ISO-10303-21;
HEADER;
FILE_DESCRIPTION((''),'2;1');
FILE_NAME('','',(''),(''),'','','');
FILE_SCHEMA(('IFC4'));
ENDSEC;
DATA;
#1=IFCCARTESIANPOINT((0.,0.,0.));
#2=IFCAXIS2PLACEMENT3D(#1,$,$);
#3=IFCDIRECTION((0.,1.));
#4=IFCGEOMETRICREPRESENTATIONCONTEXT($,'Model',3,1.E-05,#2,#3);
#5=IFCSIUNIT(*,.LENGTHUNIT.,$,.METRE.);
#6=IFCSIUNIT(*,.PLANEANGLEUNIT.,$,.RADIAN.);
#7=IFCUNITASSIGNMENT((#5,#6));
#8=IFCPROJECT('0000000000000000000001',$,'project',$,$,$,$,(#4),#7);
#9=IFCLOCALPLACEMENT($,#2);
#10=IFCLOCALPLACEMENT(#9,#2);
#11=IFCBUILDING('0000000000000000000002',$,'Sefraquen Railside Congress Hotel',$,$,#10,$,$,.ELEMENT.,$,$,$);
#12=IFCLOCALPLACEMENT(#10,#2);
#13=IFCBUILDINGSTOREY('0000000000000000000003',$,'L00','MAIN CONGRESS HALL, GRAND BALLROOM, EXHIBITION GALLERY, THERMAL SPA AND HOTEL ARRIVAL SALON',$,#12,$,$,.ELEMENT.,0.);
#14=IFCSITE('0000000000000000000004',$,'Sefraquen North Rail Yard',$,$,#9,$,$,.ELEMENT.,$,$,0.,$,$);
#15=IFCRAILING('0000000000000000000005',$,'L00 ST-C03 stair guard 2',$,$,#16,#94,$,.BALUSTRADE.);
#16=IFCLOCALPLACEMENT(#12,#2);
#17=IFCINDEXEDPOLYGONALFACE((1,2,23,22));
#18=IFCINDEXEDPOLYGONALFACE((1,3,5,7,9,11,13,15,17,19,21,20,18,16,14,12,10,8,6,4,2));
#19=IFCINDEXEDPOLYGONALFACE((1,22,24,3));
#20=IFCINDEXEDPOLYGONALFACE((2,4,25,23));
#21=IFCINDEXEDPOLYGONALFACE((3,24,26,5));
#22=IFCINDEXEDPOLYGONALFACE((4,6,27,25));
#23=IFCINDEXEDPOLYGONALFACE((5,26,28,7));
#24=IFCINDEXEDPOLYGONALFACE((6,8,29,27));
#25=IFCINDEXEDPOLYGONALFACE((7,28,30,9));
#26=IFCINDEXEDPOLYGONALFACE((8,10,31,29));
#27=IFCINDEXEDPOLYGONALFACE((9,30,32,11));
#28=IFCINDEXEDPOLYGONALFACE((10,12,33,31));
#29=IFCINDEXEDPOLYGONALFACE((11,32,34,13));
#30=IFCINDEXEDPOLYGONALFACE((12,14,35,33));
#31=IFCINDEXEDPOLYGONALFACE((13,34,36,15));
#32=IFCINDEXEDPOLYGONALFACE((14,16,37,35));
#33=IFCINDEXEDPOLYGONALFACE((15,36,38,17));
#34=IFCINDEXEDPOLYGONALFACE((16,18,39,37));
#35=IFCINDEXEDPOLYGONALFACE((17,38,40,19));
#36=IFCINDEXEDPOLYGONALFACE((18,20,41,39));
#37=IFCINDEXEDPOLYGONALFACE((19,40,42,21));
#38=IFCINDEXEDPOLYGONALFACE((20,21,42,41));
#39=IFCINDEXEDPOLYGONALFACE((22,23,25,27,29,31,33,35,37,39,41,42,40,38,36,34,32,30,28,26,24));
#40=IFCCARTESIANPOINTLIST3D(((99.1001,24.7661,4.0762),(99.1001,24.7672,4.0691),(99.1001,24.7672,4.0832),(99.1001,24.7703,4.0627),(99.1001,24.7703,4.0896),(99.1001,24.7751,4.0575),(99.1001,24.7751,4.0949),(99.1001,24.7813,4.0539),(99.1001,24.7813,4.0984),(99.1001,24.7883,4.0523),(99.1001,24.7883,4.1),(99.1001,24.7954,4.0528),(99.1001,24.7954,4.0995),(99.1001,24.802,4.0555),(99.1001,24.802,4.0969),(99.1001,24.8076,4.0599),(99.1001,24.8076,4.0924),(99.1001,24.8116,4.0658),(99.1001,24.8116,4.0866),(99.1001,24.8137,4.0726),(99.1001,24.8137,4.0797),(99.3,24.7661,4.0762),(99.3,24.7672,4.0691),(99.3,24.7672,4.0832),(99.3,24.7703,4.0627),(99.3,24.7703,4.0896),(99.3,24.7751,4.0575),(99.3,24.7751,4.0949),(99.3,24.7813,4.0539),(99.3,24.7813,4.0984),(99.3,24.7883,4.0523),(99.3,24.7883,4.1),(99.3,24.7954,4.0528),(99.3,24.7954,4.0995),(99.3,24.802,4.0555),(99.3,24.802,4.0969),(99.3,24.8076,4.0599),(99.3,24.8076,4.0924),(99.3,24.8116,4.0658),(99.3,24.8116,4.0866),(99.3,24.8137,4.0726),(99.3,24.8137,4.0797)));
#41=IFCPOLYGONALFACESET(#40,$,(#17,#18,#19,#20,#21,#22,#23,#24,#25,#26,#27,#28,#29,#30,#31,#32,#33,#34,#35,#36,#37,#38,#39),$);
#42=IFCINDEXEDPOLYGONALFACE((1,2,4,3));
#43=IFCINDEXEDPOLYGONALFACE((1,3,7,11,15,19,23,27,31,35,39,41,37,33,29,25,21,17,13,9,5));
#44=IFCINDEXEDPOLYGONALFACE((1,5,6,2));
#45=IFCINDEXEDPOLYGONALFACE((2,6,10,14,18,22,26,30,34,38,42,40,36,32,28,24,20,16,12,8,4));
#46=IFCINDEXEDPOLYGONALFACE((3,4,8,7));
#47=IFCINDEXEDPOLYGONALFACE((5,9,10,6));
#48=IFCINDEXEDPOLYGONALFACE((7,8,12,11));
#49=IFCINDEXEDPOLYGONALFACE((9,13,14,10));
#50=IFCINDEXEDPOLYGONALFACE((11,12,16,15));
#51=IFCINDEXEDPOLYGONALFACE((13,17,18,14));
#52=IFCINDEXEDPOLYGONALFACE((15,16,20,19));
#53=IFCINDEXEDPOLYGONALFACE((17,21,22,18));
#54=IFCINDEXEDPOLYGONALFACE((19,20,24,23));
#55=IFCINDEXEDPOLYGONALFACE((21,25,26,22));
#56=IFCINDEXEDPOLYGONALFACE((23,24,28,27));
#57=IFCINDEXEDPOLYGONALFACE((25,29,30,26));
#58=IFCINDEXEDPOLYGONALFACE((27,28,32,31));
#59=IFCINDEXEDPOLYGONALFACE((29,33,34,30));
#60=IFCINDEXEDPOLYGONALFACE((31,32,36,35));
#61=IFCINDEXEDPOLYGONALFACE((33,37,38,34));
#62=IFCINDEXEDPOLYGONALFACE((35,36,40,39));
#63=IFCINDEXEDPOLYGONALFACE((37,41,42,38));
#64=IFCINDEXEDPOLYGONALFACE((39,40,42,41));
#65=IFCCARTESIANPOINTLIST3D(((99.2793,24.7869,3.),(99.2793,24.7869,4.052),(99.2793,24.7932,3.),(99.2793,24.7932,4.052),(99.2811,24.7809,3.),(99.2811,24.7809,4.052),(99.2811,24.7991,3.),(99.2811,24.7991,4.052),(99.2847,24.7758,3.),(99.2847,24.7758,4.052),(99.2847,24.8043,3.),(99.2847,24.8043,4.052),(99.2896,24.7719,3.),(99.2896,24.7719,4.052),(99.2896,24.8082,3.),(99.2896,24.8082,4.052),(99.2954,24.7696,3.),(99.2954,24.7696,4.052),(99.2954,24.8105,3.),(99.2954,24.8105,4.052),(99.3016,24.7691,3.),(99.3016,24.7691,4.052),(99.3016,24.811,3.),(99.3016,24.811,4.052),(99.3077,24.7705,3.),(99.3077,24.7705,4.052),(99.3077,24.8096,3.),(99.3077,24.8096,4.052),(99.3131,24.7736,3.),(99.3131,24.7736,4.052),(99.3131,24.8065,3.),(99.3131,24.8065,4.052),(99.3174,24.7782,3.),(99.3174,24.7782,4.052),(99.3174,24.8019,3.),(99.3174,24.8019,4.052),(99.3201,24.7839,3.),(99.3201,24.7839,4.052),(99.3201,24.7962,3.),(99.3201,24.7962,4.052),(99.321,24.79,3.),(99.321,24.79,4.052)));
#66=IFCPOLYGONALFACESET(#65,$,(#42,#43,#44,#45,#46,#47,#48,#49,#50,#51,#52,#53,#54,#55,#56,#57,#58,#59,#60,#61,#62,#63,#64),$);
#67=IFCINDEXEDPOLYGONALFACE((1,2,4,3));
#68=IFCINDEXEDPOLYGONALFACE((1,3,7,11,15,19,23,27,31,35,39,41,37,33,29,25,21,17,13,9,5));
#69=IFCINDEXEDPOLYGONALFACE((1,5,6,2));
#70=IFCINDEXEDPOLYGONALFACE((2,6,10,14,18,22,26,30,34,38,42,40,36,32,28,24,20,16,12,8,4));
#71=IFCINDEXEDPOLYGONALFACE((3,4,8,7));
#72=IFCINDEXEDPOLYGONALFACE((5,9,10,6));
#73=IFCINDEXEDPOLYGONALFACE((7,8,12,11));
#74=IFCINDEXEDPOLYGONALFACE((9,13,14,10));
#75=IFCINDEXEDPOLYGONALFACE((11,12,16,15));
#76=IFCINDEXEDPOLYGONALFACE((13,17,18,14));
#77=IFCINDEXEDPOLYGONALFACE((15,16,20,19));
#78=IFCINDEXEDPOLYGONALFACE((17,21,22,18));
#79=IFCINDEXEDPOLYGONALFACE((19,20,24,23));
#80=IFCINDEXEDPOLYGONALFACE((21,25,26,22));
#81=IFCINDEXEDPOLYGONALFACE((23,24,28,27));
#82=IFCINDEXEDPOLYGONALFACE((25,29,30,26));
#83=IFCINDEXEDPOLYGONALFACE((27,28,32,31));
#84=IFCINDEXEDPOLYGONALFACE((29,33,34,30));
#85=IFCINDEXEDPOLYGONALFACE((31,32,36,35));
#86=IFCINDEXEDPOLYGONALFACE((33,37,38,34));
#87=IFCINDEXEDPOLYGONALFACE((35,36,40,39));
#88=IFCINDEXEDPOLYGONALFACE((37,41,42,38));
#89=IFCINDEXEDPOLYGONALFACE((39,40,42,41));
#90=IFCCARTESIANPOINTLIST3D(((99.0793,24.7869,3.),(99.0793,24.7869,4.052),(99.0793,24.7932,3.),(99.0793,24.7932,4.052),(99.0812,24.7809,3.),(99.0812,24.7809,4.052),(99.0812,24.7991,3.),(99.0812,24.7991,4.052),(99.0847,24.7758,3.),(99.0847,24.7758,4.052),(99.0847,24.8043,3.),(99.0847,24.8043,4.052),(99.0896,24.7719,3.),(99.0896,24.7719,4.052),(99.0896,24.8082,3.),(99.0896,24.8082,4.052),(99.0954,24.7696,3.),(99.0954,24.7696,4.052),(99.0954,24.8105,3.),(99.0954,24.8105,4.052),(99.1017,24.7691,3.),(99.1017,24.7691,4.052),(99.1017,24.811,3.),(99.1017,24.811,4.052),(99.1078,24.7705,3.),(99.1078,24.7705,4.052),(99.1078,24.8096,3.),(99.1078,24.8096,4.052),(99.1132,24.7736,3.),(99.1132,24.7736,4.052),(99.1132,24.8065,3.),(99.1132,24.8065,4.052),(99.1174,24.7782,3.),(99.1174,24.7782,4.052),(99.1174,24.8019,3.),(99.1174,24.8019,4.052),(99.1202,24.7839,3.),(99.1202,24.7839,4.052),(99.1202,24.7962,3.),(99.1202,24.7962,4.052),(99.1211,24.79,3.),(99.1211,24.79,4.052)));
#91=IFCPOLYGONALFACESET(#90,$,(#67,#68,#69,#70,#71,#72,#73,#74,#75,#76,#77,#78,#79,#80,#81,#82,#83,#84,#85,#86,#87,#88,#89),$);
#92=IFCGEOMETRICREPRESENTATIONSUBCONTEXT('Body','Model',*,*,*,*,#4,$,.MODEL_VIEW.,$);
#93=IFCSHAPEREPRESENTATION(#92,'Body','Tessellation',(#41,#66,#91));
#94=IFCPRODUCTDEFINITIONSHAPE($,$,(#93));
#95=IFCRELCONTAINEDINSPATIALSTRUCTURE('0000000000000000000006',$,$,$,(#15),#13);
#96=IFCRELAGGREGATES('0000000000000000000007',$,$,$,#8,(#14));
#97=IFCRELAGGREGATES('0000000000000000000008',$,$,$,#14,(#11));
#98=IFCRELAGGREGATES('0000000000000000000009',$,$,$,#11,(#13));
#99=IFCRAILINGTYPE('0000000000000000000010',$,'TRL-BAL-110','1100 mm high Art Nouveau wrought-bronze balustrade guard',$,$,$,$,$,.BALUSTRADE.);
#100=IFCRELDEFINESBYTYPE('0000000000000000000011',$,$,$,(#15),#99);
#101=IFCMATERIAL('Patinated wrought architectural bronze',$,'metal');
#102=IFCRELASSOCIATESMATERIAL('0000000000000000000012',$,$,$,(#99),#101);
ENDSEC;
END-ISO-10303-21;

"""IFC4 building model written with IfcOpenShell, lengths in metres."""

from ifc_helpers import new_model, si_unit, direction, frame, origin, origin_2d, place, context, subcontext, project, spatial, circle, extrude, material, type_object, element, save


model = new_model("IFC4")

# Units and contexts
model_context = context("Model", 3, precision=1e-05, world=origin(), true_north=direction((0.0, 1.0)))
body_context = subcontext(model_context, "Body", "Model", "MODEL_VIEW")
ifc_project = project(units=[si_unit("LENGTHUNIT", "METRE"), si_unit("PLANEANGLEUNIT", "RADIAN")], contexts=[model_context])

# Site, building, storey
site_placement = place(None, origin())
site = spatial("IfcSite", under=ifc_project, at=site_placement, Name="Sefraquen North Rail Yard", CompositionType="ELEMENT", RefElevation=0.0)
building_placement = place(site_placement, origin())
building = spatial("IfcBuilding", under=site, at=building_placement, Name="Sefraquen Railside Congress Hotel", CompositionType="ELEMENT")
storey_placement = place(building_placement, origin())
storey = spatial("IfcBuildingStorey", under=building, at=storey_placement, Name="L00", Description="MAIN CONGRESS HALL, GRAND BALLROOM, EXHIBITION GALLERY, THERMAL SPA AND HOTEL ARRIVAL SALON", CompositionType="ELEMENT", Elevation=0.0)

# Railing
ifc_material_1 = material(Name="Patinated wrought architectural bronze", Category="metal")
railing_type_1 = type_object("IfcRailingType", Name="TRL-BAL-110", Description="1100 mm high Art Nouveau wrought-bronze balustrade guard", PredefinedType="BALUSTRADE", material=ifc_material_1)
railing_1_placement = place(storey_placement, frame((99.3, 24.79, 3.0)))
element("IfcRailing", 1, at=railing_1_placement, inside=storey, type_object=railing_type_1, Name="L00 ST-C03 stair guard 2", PredefinedType="BALUSTRADE", context=body_context, shape_type="SweptSolid", body=[
    extrude(circle(Radius=0.0239, at=origin_2d()), frame((0.0, 0.0, 1.0762), z_axis=(-1.0, 0.0, 0.0), x_axis=(0.0, -1.0, 0.0)), (0.0, 0.0, 1.0), 0.2),
    extrude(circle(Radius=0.021, at=origin_2d()), origin(), (0.0, 0.0, 1.0), 1.052),
    extrude(circle(Radius=0.021, at=origin_2d()), frame((-0.2, 0.0, 0.0)), (0.0, 0.0, 1.0), 1.052),
])

save(model, "model.ifc")
